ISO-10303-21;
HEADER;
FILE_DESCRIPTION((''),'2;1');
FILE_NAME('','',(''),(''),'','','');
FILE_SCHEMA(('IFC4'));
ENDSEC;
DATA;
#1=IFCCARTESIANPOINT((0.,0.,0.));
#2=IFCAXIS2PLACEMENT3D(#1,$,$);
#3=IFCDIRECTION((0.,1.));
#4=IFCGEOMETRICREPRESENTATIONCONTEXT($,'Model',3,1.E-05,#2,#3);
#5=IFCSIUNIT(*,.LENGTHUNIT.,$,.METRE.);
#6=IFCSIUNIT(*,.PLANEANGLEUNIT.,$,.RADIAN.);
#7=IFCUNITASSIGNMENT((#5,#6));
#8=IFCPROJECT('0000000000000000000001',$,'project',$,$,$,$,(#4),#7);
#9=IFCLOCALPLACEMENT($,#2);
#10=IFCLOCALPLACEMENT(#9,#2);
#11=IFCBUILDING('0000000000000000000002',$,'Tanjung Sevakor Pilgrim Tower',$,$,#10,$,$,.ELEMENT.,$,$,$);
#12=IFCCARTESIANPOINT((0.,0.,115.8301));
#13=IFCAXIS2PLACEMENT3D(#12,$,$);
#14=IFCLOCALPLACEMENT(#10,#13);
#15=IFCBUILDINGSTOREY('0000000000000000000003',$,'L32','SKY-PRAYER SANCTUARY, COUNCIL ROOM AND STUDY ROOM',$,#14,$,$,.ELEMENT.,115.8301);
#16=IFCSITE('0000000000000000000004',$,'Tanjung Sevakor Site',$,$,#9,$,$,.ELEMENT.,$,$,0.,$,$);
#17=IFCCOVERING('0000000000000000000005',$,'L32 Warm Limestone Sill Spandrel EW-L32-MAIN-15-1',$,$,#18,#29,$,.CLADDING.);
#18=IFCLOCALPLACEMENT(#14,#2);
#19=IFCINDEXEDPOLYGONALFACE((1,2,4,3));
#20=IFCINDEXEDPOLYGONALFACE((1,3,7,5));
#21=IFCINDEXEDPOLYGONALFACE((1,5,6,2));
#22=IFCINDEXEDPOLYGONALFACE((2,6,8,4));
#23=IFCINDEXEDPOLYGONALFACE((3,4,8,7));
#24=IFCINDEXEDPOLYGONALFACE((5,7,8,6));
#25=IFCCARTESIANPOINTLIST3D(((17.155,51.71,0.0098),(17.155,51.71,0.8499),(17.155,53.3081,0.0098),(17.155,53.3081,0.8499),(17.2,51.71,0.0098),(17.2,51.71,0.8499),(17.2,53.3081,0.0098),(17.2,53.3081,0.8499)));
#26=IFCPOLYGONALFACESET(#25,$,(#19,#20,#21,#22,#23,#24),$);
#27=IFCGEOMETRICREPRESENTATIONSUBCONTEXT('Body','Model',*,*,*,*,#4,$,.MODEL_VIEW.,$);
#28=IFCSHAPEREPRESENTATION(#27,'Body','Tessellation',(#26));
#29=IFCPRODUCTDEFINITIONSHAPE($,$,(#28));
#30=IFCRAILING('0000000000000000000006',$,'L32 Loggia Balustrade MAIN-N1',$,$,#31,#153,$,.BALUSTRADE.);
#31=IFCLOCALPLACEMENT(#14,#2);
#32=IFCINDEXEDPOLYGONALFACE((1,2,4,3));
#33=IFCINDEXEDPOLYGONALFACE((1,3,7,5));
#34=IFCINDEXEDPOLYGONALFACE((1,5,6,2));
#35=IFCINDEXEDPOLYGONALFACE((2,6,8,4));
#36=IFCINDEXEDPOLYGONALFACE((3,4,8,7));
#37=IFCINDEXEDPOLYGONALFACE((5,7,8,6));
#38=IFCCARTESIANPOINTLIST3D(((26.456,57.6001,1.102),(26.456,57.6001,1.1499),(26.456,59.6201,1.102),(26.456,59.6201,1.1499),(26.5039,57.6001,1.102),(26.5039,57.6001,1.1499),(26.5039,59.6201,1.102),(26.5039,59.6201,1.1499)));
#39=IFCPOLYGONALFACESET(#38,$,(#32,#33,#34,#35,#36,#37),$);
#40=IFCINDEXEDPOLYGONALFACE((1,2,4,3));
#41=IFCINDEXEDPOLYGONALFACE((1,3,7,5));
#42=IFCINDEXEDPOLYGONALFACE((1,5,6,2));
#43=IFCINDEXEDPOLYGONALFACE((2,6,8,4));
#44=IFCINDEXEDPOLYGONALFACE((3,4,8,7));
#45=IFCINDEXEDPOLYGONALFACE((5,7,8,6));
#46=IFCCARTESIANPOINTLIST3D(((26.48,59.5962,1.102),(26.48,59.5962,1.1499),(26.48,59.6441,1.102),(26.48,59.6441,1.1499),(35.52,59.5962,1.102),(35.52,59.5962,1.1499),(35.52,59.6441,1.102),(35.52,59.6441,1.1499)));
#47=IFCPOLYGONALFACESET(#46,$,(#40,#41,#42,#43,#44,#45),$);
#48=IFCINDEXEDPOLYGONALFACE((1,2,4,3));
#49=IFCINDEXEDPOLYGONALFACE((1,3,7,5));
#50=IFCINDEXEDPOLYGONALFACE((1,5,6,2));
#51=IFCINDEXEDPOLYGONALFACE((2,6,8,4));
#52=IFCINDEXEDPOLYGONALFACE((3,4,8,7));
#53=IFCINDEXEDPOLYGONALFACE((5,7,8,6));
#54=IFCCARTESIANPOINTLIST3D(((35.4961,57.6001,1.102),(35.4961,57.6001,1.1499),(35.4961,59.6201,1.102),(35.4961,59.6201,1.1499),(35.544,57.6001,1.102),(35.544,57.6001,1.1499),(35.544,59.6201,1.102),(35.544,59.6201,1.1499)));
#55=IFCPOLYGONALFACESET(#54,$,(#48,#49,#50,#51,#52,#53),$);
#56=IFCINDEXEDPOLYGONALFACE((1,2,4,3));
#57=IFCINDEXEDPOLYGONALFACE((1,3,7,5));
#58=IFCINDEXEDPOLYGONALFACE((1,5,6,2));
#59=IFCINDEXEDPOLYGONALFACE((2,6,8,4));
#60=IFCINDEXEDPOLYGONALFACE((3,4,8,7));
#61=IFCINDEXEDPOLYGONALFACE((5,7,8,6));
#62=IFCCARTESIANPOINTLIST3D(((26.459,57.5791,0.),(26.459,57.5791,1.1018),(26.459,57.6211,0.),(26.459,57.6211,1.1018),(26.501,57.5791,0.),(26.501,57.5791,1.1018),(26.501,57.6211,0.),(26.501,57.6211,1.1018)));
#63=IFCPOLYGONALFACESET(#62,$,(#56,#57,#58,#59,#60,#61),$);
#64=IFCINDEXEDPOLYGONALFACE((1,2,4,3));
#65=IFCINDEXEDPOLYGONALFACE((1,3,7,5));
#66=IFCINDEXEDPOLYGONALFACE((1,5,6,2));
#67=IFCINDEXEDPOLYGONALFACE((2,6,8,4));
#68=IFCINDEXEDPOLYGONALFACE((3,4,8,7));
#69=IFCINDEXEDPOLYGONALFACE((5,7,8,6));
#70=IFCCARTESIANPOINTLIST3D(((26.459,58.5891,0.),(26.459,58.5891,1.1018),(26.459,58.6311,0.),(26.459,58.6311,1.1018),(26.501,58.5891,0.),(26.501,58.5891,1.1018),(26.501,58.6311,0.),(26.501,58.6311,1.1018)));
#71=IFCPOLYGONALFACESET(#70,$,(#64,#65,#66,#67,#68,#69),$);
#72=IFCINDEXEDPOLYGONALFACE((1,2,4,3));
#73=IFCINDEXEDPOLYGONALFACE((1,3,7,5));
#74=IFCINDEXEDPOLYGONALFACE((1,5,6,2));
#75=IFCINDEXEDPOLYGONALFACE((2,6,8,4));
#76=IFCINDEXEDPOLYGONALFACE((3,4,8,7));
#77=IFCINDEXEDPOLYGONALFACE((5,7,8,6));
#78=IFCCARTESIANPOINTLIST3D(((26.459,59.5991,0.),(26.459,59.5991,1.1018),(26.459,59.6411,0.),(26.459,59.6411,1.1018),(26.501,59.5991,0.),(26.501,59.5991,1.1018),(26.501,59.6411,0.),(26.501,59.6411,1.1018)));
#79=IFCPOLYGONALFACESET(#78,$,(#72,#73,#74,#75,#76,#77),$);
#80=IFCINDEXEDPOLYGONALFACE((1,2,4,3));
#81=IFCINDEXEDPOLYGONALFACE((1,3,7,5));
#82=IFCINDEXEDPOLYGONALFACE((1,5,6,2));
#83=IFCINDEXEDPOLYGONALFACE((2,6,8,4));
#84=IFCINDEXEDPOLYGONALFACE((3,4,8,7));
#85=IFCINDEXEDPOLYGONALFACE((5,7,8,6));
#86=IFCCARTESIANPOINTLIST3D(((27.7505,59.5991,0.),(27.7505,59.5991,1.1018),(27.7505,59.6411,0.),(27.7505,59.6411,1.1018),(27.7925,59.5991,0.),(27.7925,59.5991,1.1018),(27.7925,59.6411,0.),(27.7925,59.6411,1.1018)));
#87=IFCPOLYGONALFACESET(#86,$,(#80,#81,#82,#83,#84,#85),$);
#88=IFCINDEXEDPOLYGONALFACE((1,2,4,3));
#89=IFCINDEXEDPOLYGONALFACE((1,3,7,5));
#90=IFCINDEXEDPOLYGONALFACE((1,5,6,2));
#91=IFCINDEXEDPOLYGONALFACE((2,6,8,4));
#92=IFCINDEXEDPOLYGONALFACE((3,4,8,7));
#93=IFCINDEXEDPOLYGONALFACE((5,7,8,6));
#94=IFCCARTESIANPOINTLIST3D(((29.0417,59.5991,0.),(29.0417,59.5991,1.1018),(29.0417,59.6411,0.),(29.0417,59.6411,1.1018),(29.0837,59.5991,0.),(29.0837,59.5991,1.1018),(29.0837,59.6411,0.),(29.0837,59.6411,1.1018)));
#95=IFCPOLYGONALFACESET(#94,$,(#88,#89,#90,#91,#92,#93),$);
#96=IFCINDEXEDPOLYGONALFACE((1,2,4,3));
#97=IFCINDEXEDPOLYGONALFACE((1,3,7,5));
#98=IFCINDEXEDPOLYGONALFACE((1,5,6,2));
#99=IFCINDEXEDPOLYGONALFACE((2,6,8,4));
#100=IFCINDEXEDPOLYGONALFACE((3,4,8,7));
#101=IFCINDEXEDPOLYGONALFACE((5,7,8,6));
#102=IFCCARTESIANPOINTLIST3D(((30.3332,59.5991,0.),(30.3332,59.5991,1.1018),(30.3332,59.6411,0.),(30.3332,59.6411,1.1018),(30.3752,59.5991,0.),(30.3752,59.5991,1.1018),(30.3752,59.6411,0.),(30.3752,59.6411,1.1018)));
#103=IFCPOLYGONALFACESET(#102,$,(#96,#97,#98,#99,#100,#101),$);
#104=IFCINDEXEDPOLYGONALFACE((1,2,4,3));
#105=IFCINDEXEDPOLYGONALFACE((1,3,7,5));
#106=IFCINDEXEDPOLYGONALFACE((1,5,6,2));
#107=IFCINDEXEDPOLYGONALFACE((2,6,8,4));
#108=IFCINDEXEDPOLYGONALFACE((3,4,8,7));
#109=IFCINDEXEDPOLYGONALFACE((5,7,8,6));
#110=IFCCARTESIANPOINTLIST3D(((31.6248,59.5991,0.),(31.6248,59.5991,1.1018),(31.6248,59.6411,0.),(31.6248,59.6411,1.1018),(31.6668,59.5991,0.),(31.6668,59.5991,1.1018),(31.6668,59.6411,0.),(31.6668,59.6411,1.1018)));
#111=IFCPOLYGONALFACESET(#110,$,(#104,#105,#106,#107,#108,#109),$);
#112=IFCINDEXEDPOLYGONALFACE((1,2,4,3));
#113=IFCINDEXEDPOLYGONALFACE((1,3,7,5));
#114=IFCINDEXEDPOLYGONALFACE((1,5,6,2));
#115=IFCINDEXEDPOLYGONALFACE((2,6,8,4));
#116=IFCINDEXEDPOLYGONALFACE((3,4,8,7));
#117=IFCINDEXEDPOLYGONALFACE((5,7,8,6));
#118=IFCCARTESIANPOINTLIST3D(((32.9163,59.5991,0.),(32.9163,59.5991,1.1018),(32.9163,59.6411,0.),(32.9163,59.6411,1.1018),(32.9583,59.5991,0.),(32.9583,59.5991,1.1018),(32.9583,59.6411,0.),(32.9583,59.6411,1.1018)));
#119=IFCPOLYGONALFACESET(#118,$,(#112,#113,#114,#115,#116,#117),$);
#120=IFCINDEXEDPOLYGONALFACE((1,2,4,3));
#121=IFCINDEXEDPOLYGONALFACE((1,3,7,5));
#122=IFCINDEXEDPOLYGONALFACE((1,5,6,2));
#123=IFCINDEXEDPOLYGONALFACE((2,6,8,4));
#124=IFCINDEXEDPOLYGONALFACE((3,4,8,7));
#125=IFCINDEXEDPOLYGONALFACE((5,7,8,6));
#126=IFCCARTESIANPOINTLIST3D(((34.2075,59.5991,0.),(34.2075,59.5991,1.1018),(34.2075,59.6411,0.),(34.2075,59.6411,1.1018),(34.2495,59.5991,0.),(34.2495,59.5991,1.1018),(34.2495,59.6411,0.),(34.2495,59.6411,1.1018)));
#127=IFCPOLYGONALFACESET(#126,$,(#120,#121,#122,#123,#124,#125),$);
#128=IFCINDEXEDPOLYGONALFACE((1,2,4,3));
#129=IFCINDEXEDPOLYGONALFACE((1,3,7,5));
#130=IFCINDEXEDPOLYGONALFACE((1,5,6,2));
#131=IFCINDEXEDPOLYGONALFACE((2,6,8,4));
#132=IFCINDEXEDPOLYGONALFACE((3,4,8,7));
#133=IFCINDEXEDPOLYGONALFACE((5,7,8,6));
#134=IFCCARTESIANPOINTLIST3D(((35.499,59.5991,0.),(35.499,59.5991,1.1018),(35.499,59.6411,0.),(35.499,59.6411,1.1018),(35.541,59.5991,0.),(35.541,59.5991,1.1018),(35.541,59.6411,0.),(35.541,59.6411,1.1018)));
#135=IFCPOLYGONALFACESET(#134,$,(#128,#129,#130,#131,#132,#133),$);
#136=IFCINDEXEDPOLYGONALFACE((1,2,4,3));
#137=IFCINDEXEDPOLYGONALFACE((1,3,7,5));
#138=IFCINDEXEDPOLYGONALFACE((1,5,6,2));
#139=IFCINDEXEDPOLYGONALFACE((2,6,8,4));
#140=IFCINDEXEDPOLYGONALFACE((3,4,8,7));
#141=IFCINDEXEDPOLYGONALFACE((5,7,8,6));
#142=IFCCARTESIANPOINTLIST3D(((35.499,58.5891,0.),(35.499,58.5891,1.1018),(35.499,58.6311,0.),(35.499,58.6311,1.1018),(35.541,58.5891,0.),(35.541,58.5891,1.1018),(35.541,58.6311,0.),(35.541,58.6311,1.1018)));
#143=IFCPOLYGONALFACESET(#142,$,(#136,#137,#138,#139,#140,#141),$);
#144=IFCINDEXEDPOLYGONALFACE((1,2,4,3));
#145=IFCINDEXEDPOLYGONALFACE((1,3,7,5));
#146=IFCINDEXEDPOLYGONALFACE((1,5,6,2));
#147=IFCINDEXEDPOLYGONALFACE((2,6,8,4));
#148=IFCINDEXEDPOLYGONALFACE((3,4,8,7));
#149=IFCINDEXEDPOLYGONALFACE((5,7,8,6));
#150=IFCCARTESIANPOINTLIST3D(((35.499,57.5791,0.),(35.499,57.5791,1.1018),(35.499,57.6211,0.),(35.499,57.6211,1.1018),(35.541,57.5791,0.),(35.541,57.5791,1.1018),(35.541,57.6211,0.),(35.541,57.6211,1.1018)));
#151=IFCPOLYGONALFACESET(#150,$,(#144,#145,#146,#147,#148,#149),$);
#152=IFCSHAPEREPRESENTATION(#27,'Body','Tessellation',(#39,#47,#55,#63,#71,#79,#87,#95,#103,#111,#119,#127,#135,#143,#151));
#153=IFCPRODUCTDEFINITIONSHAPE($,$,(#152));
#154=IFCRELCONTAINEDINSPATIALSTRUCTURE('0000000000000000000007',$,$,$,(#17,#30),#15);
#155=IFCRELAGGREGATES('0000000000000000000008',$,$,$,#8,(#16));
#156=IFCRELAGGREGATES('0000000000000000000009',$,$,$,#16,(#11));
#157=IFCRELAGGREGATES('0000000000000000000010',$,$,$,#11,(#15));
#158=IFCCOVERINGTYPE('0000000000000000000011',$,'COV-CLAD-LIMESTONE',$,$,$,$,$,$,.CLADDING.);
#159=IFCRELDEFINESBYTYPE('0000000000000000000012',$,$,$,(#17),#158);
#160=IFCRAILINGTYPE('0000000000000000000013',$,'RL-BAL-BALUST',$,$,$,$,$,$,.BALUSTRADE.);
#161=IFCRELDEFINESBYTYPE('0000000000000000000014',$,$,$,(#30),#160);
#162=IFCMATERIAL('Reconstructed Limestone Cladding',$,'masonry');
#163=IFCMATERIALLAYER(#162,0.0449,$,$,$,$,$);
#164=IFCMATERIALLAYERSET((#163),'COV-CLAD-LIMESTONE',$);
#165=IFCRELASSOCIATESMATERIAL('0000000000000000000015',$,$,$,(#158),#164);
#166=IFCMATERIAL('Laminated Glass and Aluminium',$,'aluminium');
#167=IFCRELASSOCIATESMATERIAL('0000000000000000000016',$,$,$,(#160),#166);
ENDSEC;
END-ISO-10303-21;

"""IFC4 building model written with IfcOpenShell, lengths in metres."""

from ifc_helpers import new_model, si_unit, direction, frame, origin, origin_2d, place, context, subcontext, project, spatial, rectangle, extrude, material, layer, layer_set, type_object, element, save


model = new_model("IFC4")

# Units and contexts
model_context = context("Model", 3, precision=1e-05, world=origin(), true_north=direction((0.0, 1.0)))
body_context = subcontext(model_context, "Body", "Model", "MODEL_VIEW")
ifc_project = project(units=[si_unit("LENGTHUNIT", "METRE"), si_unit("PLANEANGLEUNIT", "RADIAN")], contexts=[model_context])

# Site, building, storey
site_placement = place(None, origin())
site = spatial("IfcSite", under=ifc_project, at=site_placement, Name="Tanjung Sevakor Site", CompositionType="ELEMENT", RefElevation=0.0)
building_placement = place(site_placement, origin())
building = spatial("IfcBuilding", under=site, at=building_placement, Name="Tanjung Sevakor Pilgrim Tower", CompositionType="ELEMENT")
storey_placement = place(building_placement, frame((0.0, 0.0, 115.8301)))
storey = spatial("IfcBuildingStorey", under=building, at=storey_placement, Name="L32", Description="SKY-PRAYER SANCTUARY, COUNCIL ROOM AND STUDY ROOM", CompositionType="ELEMENT", Elevation=115.8301)

# Covering
ifc_material_1 = material(Name="Reconstructed Limestone Cladding", Category="masonry")
ifc_layer_1 = layer(ifc_material_1, 0.0449)
ifc_layer_set_1 = layer_set([ifc_layer_1], Name="COV-CLAD-LIMESTONE")
covering_type = type_object("IfcCoveringType", Name="COV-CLAD-LIMESTONE", PredefinedType="CLADDING", material=ifc_layer_set_1)
covering_1_placement = place(storey_placement, frame((17.1775, 52.509, 0.0098), z_axis=(0.0, 0.0, 1.0), x_axis=(0.0, -1.0, 0.0)))
element("IfcCovering", 1, at=covering_1_placement, inside=storey, type_object=covering_type, Name="L32 Warm Limestone Sill Spandrel EW-L32-MAIN-15-1", PredefinedType="CLADDING", context=body_context, shape_type="SweptSolid", body=[
    extrude(rectangle(XDim=1.5981, YDim=0.0449, at=origin_2d()), origin(), (0.0, 0.0, 1.0), 0.8401),
])

# Railing
ifc_material_2 = material(Name="Laminated Glass and Aluminium", Category="aluminium")
railing_type = type_object("IfcRailingType", Name="RL-BAL-BALUST", PredefinedType="BALUSTRADE", material=ifc_material_2)
railing_placement = place(storey_placement, frame((26.48, 57.6001, 0.0)))
element("IfcRailing", 2, at=railing_placement, inside=storey, type_object=railing_type, Name="L32 Loggia Balustrade MAIN-N1", PredefinedType="BALUSTRADE", context=body_context, shape_type="SweptSolid", body=[
    extrude(rectangle(XDim=0.0479, YDim=0.0479), frame((0.0, 0.0, 1.126), z_axis=(0.0, 1.0, 0.0), x_axis=(-1.0, 0.0, 0.0)), (0.0, 0.0, 1.0), 2.02),
    extrude(rectangle(XDim=0.0479, YDim=0.0479), frame((0.0, 2.02, 1.126), z_axis=(1.0, 0.0, 0.0), x_axis=(0.0, 1.0, 0.0)), (0.0, 0.0, 1.0), 9.04),
    extrude(rectangle(XDim=0.0479, YDim=0.0479), frame((9.04, 2.02, 1.126), z_axis=(0.0, -1.0, 0.0), x_axis=(1.0, 0.0, 0.0)), (0.0, 0.0, 1.0), 2.02),
    extrude(rectangle(XDim=0.042, YDim=0.042), origin(), (0.0, 0.0, 1.0), 1.1018),
    extrude(rectangle(XDim=0.042, YDim=0.042), frame((0.0, 1.01, 0.0)), (0.0, 0.0, 1.0), 1.1018),
    extrude(rectangle(XDim=0.042, YDim=0.042), frame((0.0, 2.02, 0.0)), (0.0, 0.0, 1.0), 1.1018),
    extrude(rectangle(XDim=0.042, YDim=0.042), frame((1.2915, 2.02, 0.0)), (0.0, 0.0, 1.0), 1.1018),
    extrude(rectangle(XDim=0.042, YDim=0.042), frame((2.5828, 2.02, 0.0)), (0.0, 0.0, 1.0), 1.1018),
    extrude(rectangle(XDim=0.042, YDim=0.042), frame((3.8743, 2.02, 0.0)), (0.0, 0.0, 1.0), 1.1018),
    extrude(rectangle(XDim=0.042, YDim=0.042), frame((5.1658, 2.02, 0.0)), (0.0, 0.0, 1.0), 1.1018),
    extrude(rectangle(XDim=0.042, YDim=0.042), frame((6.4573, 2.02, 0.0)), (0.0, 0.0, 1.0), 1.1018),
    extrude(rectangle(XDim=0.042, YDim=0.042), frame((7.7485, 2.02, 0.0)), (0.0, 0.0, 1.0), 1.1018),
    extrude(rectangle(XDim=0.042, YDim=0.042), frame((9.04, 2.02, 0.0)), (0.0, 0.0, 1.0), 1.1018),
    extrude(rectangle(XDim=0.042, YDim=0.042), frame((9.04, 1.01, 0.0)), (0.0, 0.0, 1.0), 1.1018),
    extrude(rectangle(XDim=0.042, YDim=0.042), frame((9.04, 0.0, 0.0)), (0.0, 0.0, 1.0), 1.1018),
])

save(model, "model.ifc")
